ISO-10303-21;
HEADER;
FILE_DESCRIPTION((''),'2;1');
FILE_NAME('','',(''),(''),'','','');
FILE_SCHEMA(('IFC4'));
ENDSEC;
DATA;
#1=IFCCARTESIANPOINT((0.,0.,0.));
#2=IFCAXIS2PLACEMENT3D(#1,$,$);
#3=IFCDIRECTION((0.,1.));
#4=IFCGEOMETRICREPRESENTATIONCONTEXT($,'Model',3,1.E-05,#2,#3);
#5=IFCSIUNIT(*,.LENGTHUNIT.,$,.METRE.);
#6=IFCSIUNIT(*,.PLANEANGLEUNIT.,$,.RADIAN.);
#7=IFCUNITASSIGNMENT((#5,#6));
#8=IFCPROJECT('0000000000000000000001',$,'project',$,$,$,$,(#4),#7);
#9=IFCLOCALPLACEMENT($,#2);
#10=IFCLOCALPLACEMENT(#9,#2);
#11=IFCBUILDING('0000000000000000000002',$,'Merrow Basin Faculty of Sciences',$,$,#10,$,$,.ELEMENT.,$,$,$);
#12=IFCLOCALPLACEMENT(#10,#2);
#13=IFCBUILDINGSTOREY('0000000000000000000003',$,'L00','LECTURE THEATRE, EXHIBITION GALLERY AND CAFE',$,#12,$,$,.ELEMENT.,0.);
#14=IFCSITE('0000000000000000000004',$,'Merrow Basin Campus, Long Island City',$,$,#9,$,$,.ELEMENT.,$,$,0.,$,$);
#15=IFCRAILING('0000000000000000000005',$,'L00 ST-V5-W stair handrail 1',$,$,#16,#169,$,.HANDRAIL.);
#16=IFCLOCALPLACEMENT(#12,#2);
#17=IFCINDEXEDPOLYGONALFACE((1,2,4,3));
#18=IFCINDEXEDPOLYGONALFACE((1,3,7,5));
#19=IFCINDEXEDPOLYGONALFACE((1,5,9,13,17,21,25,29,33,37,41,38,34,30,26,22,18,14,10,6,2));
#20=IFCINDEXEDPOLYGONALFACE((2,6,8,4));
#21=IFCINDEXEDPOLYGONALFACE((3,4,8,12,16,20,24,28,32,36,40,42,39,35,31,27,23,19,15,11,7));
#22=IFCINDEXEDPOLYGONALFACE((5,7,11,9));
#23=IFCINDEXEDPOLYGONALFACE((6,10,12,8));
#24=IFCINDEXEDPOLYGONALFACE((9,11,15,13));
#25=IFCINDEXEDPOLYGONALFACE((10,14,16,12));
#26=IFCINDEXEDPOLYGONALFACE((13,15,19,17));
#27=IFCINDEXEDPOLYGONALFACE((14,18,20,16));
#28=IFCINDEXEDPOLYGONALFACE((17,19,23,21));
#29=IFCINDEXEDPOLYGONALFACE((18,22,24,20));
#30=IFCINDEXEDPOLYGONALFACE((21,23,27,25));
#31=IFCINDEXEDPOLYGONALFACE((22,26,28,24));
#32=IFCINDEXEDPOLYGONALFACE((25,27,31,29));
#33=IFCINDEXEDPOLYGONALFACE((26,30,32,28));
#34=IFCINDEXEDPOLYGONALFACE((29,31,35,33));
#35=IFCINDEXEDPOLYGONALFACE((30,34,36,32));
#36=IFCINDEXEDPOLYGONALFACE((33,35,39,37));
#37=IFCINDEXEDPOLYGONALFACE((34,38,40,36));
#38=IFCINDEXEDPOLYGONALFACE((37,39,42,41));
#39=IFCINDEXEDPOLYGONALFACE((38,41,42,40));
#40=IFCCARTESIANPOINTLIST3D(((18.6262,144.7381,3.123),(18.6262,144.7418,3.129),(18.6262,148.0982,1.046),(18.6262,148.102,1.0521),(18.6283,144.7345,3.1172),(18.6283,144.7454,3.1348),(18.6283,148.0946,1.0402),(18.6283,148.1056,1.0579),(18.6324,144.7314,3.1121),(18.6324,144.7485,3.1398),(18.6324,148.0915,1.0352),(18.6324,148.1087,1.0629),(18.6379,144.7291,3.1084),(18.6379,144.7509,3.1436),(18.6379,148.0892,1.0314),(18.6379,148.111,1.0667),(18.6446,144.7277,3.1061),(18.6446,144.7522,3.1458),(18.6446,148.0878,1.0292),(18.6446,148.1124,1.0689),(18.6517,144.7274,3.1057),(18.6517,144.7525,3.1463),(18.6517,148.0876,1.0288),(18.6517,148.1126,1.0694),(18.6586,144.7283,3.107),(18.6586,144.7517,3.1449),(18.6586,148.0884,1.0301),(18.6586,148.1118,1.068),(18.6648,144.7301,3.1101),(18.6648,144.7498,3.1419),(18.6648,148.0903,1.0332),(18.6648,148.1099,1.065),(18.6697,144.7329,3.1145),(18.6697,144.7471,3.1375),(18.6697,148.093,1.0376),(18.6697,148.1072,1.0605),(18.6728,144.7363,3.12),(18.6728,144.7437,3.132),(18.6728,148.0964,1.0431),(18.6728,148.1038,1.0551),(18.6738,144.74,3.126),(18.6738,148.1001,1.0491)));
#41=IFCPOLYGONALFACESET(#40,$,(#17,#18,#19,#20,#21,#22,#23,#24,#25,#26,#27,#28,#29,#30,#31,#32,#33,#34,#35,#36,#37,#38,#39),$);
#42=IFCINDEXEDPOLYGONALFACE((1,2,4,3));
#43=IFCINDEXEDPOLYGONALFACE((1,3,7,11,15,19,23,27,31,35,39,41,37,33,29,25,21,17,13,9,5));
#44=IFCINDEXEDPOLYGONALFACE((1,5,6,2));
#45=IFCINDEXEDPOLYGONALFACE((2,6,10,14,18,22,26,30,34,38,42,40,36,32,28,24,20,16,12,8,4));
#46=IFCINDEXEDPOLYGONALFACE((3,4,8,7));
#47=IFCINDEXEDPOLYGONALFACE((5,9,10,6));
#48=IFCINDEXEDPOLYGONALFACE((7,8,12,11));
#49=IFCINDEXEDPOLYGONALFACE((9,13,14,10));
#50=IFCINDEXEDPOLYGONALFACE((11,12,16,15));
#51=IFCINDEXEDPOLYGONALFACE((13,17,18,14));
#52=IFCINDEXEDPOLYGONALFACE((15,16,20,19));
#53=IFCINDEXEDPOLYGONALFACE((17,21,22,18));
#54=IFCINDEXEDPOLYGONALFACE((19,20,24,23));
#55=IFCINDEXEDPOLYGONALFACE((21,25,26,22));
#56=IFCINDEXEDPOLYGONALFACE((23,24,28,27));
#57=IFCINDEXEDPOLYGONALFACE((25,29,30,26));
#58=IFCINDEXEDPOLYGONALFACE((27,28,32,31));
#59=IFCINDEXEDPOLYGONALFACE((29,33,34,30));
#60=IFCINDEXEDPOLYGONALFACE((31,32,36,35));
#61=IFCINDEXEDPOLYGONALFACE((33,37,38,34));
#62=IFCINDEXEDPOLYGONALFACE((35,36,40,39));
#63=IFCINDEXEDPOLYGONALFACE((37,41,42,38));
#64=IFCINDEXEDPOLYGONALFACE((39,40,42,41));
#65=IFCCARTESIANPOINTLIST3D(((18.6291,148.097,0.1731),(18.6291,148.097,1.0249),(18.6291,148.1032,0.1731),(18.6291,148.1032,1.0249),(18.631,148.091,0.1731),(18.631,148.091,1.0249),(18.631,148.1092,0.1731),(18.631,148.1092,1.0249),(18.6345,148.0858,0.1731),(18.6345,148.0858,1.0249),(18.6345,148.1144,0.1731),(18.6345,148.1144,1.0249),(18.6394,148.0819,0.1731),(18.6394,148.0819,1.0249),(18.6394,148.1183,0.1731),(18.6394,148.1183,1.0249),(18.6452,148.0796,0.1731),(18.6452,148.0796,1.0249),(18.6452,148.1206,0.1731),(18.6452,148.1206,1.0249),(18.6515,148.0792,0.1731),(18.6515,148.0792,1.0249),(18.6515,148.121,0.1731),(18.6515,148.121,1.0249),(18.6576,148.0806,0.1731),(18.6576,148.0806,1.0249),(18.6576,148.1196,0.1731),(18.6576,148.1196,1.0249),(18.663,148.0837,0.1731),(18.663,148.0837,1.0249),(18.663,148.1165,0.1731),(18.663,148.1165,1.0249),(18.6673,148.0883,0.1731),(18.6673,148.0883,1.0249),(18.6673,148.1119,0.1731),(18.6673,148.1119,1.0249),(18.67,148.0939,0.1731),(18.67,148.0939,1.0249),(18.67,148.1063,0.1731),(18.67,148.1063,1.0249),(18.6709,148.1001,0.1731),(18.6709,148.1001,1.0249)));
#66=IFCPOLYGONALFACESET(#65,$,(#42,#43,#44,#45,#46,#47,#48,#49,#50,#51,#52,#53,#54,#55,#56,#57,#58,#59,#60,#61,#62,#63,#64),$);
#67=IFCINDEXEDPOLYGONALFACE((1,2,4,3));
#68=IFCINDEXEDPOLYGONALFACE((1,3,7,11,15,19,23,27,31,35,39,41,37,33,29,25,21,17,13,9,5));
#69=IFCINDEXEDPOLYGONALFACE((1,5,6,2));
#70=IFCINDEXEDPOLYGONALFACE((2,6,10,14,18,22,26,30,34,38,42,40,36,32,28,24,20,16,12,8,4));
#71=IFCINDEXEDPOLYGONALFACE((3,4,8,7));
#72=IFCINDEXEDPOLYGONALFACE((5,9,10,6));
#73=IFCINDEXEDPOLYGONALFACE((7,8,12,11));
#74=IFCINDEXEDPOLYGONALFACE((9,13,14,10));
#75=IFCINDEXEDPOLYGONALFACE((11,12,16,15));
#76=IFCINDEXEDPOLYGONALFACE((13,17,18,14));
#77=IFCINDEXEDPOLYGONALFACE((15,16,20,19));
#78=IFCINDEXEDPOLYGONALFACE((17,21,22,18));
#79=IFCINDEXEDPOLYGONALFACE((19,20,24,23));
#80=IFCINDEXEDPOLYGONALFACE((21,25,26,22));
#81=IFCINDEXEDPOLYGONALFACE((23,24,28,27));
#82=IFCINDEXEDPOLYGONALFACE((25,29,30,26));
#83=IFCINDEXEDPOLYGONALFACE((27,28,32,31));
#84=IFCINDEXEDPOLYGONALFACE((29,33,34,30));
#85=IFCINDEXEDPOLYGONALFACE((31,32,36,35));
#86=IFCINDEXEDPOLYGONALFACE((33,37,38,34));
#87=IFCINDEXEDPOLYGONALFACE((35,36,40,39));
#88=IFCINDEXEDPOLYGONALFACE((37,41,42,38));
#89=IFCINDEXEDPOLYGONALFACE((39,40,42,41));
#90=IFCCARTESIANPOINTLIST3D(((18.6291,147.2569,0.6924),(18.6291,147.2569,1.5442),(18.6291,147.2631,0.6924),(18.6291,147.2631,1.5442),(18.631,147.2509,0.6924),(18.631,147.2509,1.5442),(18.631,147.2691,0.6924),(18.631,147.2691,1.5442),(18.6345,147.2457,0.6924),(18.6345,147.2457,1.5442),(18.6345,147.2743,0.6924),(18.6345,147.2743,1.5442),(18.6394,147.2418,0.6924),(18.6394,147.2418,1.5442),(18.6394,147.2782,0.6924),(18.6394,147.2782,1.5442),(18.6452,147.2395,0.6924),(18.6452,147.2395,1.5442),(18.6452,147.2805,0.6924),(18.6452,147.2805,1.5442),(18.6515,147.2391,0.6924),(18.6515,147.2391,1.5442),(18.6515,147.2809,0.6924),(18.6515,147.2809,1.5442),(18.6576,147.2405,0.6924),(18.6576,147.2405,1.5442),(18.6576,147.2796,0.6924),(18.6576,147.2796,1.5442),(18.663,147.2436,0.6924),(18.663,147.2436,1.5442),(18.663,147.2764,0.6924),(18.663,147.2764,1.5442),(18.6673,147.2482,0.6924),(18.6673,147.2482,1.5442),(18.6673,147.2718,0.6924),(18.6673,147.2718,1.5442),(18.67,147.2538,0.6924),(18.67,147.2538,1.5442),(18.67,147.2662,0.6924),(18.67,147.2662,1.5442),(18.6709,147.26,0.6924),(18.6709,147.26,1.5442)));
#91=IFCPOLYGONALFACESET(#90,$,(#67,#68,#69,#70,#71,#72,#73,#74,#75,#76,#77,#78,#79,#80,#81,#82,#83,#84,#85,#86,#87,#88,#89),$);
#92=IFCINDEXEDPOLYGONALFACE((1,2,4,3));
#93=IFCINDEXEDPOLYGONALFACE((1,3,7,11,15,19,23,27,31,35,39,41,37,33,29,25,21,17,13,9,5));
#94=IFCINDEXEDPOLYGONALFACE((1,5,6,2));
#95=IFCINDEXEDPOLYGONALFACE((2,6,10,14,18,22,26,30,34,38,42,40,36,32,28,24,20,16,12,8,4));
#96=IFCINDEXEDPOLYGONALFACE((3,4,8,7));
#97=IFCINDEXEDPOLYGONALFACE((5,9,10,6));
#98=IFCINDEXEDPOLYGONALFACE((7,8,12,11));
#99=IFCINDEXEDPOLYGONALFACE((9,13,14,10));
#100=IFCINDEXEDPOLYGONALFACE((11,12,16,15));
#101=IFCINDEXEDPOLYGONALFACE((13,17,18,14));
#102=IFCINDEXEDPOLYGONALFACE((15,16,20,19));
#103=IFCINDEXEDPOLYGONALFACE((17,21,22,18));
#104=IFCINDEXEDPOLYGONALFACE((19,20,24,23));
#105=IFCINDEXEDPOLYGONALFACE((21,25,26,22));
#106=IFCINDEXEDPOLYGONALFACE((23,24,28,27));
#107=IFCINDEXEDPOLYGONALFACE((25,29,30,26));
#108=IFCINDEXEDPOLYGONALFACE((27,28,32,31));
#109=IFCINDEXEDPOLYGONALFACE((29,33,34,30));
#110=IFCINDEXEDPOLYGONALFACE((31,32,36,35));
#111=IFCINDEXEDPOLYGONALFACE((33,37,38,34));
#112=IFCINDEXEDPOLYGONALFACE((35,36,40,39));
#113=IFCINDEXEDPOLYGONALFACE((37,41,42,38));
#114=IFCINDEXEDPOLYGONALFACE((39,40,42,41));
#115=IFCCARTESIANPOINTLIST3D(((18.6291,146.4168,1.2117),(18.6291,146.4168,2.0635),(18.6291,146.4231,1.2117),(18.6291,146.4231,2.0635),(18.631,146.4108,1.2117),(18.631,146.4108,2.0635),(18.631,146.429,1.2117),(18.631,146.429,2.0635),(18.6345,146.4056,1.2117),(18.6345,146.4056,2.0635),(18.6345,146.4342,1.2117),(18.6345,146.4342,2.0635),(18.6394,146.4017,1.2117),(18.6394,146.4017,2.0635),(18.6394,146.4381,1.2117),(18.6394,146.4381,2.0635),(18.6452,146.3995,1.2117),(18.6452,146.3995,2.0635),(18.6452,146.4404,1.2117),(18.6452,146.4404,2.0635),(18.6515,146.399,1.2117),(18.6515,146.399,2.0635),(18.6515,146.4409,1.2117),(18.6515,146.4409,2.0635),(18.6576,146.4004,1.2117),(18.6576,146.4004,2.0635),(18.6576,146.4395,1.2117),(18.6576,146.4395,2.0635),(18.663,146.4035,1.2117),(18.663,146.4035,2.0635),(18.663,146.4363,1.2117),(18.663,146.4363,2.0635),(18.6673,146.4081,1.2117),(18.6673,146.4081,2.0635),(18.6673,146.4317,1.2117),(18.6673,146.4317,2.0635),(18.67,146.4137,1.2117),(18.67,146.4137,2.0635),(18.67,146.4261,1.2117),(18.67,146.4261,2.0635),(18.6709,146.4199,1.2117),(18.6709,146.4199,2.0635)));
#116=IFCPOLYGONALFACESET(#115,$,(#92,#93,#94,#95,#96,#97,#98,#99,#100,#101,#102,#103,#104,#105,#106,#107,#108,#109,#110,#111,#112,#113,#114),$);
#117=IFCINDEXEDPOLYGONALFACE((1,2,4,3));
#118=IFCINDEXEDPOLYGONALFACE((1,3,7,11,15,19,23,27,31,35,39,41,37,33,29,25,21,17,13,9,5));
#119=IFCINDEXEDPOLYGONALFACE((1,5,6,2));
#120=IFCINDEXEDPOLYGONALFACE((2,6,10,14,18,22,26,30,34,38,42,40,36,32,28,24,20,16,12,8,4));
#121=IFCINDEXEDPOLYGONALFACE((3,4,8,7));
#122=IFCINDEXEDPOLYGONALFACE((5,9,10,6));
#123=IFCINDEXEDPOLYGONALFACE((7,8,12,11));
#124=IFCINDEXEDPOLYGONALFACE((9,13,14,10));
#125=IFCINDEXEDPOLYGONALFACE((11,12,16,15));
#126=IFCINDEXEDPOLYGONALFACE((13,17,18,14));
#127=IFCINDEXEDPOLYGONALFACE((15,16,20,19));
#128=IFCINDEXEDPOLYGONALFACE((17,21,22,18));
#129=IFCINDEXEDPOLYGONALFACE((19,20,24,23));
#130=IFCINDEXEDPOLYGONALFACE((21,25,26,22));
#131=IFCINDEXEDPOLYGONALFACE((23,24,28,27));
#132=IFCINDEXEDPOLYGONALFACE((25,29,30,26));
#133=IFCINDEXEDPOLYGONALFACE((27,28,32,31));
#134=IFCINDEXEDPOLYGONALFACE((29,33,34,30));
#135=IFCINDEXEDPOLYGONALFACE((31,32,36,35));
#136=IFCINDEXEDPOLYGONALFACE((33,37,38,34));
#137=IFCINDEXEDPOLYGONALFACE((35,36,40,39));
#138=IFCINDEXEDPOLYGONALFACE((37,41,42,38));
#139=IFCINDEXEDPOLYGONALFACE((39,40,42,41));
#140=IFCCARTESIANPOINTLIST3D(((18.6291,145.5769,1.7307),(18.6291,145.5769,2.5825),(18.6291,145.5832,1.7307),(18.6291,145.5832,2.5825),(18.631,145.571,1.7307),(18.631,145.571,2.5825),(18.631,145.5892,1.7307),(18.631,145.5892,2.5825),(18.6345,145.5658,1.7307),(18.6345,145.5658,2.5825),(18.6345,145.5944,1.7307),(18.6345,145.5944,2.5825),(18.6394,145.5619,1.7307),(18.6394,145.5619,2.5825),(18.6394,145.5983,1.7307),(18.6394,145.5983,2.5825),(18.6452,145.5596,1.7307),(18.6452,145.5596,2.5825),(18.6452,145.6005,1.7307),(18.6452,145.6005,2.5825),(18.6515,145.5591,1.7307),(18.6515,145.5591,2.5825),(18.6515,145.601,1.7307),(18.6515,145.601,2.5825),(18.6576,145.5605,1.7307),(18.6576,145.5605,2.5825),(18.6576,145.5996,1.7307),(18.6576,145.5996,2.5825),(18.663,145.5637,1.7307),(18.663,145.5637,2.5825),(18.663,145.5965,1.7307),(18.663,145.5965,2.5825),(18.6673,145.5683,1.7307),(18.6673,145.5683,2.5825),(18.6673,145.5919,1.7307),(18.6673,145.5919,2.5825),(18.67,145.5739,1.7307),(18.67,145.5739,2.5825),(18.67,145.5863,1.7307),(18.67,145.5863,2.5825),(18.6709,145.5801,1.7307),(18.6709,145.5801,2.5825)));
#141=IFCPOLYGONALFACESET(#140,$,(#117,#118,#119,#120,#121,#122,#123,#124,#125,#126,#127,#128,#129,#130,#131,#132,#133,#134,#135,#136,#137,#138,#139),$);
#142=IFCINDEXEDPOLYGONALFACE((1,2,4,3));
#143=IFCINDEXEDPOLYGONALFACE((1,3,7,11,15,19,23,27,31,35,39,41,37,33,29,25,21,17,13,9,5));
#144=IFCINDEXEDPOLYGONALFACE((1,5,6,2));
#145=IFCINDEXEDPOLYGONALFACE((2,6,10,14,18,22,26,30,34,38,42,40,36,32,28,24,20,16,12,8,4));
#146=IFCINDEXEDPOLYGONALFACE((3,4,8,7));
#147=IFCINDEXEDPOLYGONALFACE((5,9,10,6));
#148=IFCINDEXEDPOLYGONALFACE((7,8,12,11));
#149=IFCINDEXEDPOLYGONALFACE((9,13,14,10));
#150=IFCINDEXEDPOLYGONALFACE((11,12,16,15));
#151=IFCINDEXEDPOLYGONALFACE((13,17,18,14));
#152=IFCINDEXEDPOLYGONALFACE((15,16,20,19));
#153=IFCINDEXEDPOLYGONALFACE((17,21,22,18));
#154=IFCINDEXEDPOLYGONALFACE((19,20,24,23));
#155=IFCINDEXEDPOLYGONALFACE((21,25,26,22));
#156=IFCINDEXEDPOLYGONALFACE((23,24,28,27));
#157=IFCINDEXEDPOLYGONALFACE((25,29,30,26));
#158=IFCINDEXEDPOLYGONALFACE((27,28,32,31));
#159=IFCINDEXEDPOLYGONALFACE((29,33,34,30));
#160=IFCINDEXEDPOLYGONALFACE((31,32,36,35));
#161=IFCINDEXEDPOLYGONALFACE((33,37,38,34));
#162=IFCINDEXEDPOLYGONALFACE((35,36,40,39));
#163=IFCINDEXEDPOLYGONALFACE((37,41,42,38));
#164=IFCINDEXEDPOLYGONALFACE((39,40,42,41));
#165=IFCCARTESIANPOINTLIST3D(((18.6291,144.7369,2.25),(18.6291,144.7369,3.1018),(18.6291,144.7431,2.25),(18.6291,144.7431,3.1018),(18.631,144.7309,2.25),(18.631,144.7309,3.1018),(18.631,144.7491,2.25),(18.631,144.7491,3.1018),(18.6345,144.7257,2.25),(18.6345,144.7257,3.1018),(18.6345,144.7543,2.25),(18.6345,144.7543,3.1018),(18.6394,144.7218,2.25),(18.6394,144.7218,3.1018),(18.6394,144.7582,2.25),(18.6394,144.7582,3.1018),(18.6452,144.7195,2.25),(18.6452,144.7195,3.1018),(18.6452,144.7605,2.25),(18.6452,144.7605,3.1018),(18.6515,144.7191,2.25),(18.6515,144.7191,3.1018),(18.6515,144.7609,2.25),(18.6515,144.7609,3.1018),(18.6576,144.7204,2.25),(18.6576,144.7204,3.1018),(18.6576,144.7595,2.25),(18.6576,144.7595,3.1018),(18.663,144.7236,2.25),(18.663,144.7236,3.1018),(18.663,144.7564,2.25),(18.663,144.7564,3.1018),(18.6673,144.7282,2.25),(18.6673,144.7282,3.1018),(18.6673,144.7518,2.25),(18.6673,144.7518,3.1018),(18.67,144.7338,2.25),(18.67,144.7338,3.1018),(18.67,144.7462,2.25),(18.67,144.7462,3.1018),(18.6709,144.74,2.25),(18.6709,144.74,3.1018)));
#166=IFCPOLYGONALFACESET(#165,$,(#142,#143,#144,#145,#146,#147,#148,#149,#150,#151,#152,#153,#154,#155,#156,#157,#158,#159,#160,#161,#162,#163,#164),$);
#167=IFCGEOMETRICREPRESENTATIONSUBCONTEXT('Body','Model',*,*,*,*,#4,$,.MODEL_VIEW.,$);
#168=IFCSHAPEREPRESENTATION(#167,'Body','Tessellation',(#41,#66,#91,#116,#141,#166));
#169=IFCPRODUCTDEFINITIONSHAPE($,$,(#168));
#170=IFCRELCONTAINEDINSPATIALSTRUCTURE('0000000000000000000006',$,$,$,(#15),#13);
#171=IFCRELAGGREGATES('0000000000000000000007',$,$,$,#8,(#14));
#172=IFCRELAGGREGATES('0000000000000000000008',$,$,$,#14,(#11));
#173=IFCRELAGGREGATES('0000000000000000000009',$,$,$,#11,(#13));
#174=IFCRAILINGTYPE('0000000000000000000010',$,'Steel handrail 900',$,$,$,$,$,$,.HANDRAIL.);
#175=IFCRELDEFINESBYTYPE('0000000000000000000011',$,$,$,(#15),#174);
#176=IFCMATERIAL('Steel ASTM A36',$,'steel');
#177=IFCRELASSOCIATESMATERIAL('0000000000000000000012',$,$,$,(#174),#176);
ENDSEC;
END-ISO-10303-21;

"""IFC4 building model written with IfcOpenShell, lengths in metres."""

from ifc_helpers import new_model, si_unit, direction, frame, origin, origin_2d, place, context, subcontext, project, spatial, circle, extrude, material, type_object, element, save


model = new_model("IFC4")

# Units and contexts
model_context = context("Model", 3, precision=1e-05, world=origin(), true_north=direction((0.0, 1.0)))
body_context = subcontext(model_context, "Body", "Model", "MODEL_VIEW")
ifc_project = project(units=[si_unit("LENGTHUNIT", "METRE"), si_unit("PLANEANGLEUNIT", "RADIAN")], contexts=[model_context])

# Site, building, storey
site_placement = place(None, origin())
site = spatial("IfcSite", under=ifc_project, at=site_placement, Name="Merrow Basin Campus, Long Island City", CompositionType="ELEMENT", RefElevation=0.0)
building_placement = place(site_placement, origin())
building = spatial("IfcBuilding", under=site, at=building_placement, Name="Merrow Basin Faculty of Sciences", CompositionType="ELEMENT")
storey_placement = place(building_placement, origin())
storey = spatial("IfcBuildingStorey", under=building, at=storey_placement, Name="L00", Description="LECTURE THEATRE, EXHIBITION GALLERY AND CAFE", CompositionType="ELEMENT", Elevation=0.0)

# Railing
ifc_material_1 = material(Name="Steel ASTM A36", Category="steel")
railing_type_1 = type_object("IfcRailingType", Name="Steel handrail 900", PredefinedType="HANDRAIL", material=ifc_material_1)
railing_1_placement = place(storey_placement, frame((18.6499, 148.1001, 0.1731)))
element("IfcRailing", 1, at=railing_1_placement, inside=storey, type_object=railing_type_1, Name="L00 ST-V5-W stair handrail 1", PredefinedType="HANDRAIL", context=body_context, shape_type="SweptSolid", body=[
    extrude(circle(Radius=0.0239, at=origin_2d()), frame((0.0, 0.0, 0.876), z_axis=(0.0, -0.850623, 0.525776), x_axis=(1.0, 0.0, 0.0)), (0.0, 0.0, 1.0), 3.9502),
    extrude(circle(Radius=0.021, at=origin_2d()), origin(), (0.0, 0.0, 1.0), 0.8518),
    extrude(circle(Radius=0.021, at=origin_2d()), frame((0.0, -0.8401, 0.5193)), (0.0, 0.0, 1.0), 0.8518),
    extrude(circle(Radius=0.021, at=origin_2d()), frame((0.0, -1.6802, 1.0386)), (0.0, 0.0, 1.0), 0.8518),
    extrude(circle(Radius=0.021, at=origin_2d()), frame((0.0, -2.52, 1.5576)), (0.0, 0.0, 1.0), 0.8518),
    extrude(circle(Radius=0.021, at=origin_2d()), frame((0.0, -3.3601, 2.0769)), (0.0, 0.0, 1.0), 0.8518),
])

save(model, "model.ifc")
